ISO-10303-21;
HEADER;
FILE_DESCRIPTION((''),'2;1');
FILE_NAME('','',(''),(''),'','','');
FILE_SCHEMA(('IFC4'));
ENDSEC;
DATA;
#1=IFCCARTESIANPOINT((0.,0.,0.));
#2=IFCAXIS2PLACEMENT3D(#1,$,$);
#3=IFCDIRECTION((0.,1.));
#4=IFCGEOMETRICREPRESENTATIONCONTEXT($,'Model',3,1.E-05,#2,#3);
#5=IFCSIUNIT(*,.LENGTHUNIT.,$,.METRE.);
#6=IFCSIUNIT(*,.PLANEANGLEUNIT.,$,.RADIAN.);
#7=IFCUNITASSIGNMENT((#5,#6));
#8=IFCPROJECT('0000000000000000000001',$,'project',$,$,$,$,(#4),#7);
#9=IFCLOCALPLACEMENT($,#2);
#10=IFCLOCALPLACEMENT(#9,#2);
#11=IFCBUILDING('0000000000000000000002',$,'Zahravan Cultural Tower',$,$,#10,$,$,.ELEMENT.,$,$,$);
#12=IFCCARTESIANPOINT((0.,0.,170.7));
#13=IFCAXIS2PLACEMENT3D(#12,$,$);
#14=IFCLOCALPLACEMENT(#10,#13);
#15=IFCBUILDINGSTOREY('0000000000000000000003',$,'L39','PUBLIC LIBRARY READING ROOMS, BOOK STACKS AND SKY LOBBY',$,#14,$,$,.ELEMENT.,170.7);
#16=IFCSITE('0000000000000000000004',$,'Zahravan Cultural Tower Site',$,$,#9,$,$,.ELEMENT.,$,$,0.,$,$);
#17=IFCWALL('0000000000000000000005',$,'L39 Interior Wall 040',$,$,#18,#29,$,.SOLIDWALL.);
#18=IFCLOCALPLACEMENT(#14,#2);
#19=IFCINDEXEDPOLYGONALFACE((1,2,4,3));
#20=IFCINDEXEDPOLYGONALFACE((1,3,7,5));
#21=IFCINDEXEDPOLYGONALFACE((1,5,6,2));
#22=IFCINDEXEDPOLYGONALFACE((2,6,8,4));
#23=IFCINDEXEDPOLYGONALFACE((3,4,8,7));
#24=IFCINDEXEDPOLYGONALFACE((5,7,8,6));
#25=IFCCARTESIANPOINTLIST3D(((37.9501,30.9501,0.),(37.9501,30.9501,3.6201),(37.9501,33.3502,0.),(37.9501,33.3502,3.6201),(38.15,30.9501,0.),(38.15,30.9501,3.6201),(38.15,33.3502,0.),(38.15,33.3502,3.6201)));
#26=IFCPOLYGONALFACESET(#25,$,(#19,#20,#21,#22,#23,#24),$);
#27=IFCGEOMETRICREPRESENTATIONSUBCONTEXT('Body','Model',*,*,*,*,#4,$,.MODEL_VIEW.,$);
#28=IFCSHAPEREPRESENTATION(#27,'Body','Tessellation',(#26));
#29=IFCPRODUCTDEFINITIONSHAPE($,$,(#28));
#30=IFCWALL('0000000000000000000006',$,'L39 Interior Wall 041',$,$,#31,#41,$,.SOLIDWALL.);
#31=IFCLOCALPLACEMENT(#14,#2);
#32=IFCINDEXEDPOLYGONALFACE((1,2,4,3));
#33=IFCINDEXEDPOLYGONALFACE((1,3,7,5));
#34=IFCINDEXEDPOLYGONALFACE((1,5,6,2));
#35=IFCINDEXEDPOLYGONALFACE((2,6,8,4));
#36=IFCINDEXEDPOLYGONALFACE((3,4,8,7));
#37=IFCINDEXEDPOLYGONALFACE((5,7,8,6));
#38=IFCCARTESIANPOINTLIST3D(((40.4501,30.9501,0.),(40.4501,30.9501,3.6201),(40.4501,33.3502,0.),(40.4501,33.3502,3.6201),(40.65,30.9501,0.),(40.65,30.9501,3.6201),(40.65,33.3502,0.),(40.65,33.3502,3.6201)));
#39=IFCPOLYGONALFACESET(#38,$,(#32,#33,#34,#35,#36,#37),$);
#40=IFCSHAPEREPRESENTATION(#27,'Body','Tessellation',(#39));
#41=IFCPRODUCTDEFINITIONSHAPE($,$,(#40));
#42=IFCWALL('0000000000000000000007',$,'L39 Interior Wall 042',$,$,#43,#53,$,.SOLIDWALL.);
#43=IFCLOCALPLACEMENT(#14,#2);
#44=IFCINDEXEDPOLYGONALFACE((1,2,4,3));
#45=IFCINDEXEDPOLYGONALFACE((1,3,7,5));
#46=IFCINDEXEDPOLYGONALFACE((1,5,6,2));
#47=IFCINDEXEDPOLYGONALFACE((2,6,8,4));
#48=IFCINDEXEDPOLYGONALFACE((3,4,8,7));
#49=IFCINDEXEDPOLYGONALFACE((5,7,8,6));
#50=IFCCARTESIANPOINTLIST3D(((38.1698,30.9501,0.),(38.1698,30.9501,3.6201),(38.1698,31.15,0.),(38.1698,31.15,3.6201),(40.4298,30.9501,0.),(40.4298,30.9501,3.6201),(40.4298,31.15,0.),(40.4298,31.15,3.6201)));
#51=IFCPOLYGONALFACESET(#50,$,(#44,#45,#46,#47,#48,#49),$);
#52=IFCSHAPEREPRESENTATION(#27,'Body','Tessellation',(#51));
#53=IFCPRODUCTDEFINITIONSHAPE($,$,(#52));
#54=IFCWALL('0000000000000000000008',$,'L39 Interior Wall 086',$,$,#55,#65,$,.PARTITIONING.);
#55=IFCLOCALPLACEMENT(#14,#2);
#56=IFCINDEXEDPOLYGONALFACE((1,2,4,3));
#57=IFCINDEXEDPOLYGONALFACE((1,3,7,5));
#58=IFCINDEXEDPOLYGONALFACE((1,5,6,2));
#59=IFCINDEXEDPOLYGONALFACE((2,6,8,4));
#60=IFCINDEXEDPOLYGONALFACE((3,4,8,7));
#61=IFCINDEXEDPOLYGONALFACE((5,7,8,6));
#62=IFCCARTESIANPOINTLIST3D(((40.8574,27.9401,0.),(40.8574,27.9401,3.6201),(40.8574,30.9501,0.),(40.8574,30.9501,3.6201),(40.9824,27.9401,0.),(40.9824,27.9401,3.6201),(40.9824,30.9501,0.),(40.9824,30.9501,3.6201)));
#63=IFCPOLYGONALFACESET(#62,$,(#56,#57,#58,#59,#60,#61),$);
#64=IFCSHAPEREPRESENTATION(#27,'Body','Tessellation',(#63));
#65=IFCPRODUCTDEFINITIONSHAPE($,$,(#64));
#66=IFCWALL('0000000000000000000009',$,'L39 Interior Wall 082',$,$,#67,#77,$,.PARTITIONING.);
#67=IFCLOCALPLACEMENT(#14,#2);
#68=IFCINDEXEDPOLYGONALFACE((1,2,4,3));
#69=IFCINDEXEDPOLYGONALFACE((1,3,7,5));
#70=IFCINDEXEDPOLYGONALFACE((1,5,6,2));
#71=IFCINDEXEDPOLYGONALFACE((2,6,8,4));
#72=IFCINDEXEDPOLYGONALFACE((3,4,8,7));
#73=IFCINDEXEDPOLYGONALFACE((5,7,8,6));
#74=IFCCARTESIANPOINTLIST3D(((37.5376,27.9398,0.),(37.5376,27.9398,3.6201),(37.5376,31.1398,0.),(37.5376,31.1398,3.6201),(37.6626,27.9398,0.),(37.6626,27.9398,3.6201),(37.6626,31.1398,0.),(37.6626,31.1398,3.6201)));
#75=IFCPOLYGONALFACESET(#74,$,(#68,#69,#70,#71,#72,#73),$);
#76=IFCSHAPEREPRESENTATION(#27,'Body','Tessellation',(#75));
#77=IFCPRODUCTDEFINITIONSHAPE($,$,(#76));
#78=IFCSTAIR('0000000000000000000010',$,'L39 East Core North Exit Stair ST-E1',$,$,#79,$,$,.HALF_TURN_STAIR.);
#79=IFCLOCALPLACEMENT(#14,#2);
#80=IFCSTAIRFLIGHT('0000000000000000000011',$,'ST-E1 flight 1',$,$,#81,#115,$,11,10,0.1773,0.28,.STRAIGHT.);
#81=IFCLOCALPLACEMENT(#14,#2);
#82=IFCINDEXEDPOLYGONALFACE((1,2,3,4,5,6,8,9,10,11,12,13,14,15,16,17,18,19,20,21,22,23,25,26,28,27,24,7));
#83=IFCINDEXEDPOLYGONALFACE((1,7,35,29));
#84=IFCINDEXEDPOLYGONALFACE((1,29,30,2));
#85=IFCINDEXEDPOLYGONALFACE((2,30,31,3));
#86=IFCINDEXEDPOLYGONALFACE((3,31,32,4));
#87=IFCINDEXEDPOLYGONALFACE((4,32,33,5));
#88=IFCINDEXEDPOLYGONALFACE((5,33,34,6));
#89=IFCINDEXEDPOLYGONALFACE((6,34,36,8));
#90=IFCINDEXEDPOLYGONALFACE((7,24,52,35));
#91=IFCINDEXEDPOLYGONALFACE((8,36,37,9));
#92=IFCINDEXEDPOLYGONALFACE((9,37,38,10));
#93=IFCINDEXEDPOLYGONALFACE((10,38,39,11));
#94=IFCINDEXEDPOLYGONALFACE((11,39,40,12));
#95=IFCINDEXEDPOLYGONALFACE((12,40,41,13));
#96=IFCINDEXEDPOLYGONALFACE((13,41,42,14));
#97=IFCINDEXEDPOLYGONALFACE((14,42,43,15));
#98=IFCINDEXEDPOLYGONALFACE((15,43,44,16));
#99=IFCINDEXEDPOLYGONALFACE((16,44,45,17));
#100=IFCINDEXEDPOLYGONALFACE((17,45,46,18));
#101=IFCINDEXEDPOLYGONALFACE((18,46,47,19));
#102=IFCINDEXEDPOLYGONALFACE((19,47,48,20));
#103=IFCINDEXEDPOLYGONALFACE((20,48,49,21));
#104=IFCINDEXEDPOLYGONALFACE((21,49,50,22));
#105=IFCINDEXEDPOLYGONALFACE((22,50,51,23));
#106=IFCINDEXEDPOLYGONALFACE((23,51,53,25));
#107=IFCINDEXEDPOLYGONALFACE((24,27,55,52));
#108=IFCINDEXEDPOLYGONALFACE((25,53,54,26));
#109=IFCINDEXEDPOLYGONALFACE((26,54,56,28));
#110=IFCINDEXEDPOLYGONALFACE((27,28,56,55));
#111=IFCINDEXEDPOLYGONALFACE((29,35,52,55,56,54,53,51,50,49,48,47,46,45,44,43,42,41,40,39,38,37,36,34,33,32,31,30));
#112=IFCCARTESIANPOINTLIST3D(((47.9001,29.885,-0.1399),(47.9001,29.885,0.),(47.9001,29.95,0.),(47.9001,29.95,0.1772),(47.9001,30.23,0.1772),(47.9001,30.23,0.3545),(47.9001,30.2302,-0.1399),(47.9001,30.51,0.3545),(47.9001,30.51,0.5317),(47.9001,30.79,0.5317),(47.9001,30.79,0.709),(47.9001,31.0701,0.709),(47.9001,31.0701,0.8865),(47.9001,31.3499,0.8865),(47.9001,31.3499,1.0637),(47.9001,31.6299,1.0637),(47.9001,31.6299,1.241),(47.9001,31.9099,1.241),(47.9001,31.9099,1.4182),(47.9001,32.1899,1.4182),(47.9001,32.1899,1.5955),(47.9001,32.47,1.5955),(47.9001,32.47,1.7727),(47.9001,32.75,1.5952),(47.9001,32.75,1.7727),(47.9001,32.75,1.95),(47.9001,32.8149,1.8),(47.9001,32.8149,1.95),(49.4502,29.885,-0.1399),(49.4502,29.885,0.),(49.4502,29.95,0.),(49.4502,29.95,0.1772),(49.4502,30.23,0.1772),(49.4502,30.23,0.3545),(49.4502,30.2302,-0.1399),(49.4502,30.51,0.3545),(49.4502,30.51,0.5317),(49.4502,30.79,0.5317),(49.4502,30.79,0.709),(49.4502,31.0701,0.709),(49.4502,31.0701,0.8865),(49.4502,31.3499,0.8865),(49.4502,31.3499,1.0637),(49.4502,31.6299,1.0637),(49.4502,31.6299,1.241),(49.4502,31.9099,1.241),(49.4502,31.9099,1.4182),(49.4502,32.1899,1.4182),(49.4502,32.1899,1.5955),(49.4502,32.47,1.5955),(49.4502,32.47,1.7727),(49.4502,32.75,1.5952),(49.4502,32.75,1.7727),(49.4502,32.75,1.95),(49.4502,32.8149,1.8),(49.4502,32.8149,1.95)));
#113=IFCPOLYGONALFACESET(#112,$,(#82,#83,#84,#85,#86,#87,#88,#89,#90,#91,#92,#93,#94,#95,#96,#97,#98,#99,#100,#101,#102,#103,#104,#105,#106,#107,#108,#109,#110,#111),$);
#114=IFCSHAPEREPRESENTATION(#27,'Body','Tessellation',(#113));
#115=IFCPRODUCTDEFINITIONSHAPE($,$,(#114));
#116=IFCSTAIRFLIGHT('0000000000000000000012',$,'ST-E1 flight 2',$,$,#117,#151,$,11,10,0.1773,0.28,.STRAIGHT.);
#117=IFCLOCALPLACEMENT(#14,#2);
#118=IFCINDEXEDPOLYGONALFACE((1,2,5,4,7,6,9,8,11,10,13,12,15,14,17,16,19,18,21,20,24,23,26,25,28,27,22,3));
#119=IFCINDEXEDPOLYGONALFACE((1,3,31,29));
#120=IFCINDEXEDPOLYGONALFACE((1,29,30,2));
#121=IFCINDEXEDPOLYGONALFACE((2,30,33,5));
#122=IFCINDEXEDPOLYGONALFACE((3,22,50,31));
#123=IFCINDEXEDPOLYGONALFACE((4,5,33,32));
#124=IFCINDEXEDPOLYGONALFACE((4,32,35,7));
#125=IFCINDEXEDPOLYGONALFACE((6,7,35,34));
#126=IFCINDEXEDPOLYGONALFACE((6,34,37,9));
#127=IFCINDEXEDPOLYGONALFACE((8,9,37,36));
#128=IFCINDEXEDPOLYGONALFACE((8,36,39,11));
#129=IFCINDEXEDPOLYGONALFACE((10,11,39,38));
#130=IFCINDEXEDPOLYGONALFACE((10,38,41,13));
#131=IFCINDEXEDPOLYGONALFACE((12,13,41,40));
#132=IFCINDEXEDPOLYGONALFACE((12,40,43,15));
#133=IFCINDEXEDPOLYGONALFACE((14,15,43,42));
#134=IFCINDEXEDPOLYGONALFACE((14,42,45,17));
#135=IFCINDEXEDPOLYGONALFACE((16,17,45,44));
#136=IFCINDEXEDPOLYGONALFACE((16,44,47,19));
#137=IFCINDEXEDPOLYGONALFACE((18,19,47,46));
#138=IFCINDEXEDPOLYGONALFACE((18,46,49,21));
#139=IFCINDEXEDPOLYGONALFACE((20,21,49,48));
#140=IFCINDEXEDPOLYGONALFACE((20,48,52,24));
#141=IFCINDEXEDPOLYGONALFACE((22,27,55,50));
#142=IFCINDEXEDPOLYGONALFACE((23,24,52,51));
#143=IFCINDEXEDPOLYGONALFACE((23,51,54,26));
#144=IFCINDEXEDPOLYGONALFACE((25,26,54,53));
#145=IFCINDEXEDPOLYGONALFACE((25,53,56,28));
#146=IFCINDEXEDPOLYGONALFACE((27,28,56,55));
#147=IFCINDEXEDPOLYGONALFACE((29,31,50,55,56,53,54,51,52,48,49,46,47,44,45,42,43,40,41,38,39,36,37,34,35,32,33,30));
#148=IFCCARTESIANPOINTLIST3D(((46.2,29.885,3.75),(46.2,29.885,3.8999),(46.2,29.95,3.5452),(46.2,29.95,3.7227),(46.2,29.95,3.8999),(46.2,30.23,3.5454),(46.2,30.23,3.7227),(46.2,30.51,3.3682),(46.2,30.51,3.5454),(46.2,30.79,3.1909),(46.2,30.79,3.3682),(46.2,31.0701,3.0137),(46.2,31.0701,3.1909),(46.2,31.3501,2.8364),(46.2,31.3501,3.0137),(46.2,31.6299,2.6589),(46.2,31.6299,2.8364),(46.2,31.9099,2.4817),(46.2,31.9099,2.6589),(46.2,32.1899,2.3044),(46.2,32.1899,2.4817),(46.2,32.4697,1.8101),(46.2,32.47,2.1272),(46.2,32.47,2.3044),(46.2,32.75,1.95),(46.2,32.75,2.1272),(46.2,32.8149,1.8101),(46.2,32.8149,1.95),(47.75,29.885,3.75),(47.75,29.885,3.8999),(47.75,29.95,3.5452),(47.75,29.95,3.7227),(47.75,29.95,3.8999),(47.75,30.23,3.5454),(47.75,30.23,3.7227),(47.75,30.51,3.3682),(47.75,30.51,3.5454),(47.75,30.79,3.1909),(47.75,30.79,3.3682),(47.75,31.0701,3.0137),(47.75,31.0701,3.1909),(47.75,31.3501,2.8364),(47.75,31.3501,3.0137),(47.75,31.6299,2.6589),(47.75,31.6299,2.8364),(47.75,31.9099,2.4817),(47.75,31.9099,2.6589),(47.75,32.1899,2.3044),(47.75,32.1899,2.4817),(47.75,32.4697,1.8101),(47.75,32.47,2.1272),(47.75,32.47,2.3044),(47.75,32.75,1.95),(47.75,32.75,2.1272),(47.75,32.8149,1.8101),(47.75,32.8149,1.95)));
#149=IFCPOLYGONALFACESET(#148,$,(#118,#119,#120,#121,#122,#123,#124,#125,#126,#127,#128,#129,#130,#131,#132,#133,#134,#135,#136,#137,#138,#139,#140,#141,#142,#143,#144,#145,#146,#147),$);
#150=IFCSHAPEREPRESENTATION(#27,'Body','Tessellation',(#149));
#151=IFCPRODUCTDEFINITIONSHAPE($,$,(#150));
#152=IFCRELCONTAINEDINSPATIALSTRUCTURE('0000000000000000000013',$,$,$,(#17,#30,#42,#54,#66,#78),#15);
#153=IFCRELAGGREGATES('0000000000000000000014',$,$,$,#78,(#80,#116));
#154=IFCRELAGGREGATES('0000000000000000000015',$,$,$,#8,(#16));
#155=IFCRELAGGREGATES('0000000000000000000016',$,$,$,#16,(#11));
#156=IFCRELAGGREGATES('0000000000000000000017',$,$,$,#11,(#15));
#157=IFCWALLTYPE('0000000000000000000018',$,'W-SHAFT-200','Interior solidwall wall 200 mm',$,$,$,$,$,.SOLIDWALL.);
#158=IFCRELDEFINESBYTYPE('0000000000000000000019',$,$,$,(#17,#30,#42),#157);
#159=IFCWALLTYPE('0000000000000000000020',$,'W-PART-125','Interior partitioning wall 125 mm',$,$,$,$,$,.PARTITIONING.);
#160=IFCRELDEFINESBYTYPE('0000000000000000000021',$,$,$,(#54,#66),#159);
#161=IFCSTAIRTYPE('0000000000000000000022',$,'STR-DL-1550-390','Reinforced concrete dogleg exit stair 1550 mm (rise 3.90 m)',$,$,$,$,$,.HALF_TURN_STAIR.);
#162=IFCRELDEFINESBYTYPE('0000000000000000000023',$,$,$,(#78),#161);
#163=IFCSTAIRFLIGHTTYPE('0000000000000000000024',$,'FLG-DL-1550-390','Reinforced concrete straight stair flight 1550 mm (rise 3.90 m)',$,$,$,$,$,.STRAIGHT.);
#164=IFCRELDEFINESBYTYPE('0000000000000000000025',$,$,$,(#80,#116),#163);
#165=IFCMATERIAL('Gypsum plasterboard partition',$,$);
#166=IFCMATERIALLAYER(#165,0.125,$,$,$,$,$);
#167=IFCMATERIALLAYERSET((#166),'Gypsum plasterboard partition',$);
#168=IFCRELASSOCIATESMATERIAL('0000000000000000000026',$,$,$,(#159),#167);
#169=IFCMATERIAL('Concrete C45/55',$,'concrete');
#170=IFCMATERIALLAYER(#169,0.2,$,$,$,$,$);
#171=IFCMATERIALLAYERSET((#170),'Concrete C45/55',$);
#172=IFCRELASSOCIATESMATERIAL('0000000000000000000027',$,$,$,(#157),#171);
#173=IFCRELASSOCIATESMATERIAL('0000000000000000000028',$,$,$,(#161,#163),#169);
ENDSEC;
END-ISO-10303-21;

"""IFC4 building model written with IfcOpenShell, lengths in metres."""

from ifc_helpers import new_model, si_unit, direction, frame, frame_2d, origin, place, context, subcontext, project, spatial, polyline, rectangle, outline, extrude, source, transform, mapped, material, layer, layer_set, type_object, element, aggregate, save


model = new_model("IFC4")

# Units and contexts
model_context = context("Model", 3, precision=1e-05, world=origin(), true_north=direction((0.0, 1.0)))
body_context = subcontext(model_context, "Body", "Model", "MODEL_VIEW")
ifc_project = project(units=[si_unit("LENGTHUNIT", "METRE"), si_unit("PLANEANGLEUNIT", "RADIAN")], contexts=[model_context])

# Site, building, storey
site_placement = place(None, origin())
site = spatial("IfcSite", under=ifc_project, at=site_placement, Name="Zahravan Cultural Tower Site", CompositionType="ELEMENT", RefElevation=0.0)
building_placement = place(site_placement, origin())
building = spatial("IfcBuilding", under=site, at=building_placement, Name="Zahravan Cultural Tower", CompositionType="ELEMENT")
storey_placement = place(building_placement, frame((0.0, 0.0, 170.7)))
storey = spatial("IfcBuildingStorey", under=building, at=storey_placement, Name="L39", Description="PUBLIC LIBRARY READING ROOMS, BOOK STACKS AND SKY LOBBY", CompositionType="ELEMENT", Elevation=170.7)

# Shared definitions
ifc_material_1 = material(Name="Gypsum plasterboard partition")
ifc_layer_1 = layer(ifc_material_1, 0.125)
ifc_layer_set_1 = layer_set([ifc_layer_1], Name="Gypsum plasterboard partition")
wall_type_1 = type_object("IfcWallType", Name="W-PART-125", Description="Interior partitioning wall 125 mm", PredefinedType="PARTITIONING", material=ifc_layer_set_1)
ifc_material_2 = material(Name="Concrete C45/55", Category="concrete")
ifc_layer_2 = layer(ifc_material_2, 0.2)
ifc_layer_set_2 = layer_set([ifc_layer_2], Name="Concrete C45/55")
wall_type_2 = type_object("IfcWallType", Name="W-SHAFT-200", Description="Interior solidwall wall 200 mm", PredefinedType="SOLIDWALL", material=ifc_layer_set_2)

# Walls
shared_shape_1 = source(origin(), body_context, "Body", "SweptSolid", [
    extrude(rectangle(XDim=2.4001, YDim=0.2, at=frame_2d((1.2002, 0.0))), origin(), (0.0, 0.0, 1.0), 3.6201),
])
for number, where, z_axis, x_axis, name in (
    (1, (38.05, 30.95, 0.0), (0.0, 0.0, 1.0), (0.0, 1.0, 0.0), "L39 Interior Wall 040"),
    (2, (40.55, 30.95, 0.0), (0.0, 0.0, 1.0), (0.0, 1.0, 0.0), "L39 Interior Wall 041"),
):
    element("IfcWall", number, at=place(storey_placement, frame(where, z_axis=z_axis, x_axis=x_axis)), inside=storey, type_object=wall_type_2, Name=name, PredefinedType="SOLIDWALL", context=body_context, shape_type="MappedRepresentation", body=[
        mapped(shared_shape_1, transform((0.0, 0.0, 0.0), x_axis=(1.0, 0.0, 0.0), y_axis=(0.0, 1.0, 0.0), z_axis=(0.0, 0.0, 1.0), scale=1.0)),
    ])
shared_shape_2 = source(origin(), body_context, "Body", "SweptSolid", [
    extrude(rectangle(XDim=2.26, YDim=0.2, at=frame_2d((1.1299, 0.0))), origin(), (0.0, 0.0, 1.0), 3.6201),
])
wall_1_placement = place(storey_placement, frame((38.1699, 31.05, 0.0), z_axis=(0.0, 0.0, 1.0), x_axis=(1.0, 0.0, 0.0)))
element("IfcWall", 3, at=wall_1_placement, inside=storey, type_object=wall_type_2, Name="L39 Interior Wall 042", PredefinedType="SOLIDWALL", context=body_context, shape_type="MappedRepresentation", body=[
    mapped(shared_shape_2, transform((0.0, 0.0, 0.0), x_axis=(1.0, 0.0, 0.0), y_axis=(0.0, 1.0, 0.0), z_axis=(0.0, 0.0, 1.0), scale=1.0)),
])
shared_shape_3 = source(origin(), body_context, "Body", "SweptSolid", [
    extrude(rectangle(XDim=3.01, YDim=0.125, at=frame_2d((1.5049, 0.0))), origin(), (0.0, 0.0, 1.0), 3.6201),
])
wall_2_placement = place(storey_placement, frame((40.9199, 30.95, 0.0), z_axis=(0.0, 0.0, 1.0), x_axis=(0.0, -1.0, 0.0)))
element("IfcWall", 4, at=wall_2_placement, inside=storey, type_object=wall_type_1, Name="L39 Interior Wall 086", PredefinedType="PARTITIONING", context=body_context, shape_type="MappedRepresentation", body=[
    mapped(shared_shape_3, transform((0.0, 0.0, 0.0), x_axis=(1.0, 0.0, 0.0), y_axis=(0.0, 1.0, 0.0), z_axis=(0.0, 0.0, 1.0), scale=1.0)),
])
shared_shape_4 = source(origin(), body_context, "Body", "SweptSolid", [
    extrude(rectangle(XDim=3.2, YDim=0.125, at=frame_2d((1.6001, 0.0))), origin(), (0.0, 0.0, 1.0), 3.6201),
])
wall_3_placement = place(storey_placement, frame((37.6001, 31.1399, 0.0), z_axis=(0.0, 0.0, 1.0), x_axis=(0.0, -1.0, 0.0)))
element("IfcWall", 5, at=wall_3_placement, inside=storey, type_object=wall_type_1, Name="L39 Interior Wall 082", PredefinedType="PARTITIONING", context=body_context, shape_type="MappedRepresentation", body=[
    mapped(shared_shape_4, transform((0.0, 0.0, 0.0), x_axis=(1.0, 0.0, 0.0), y_axis=(0.0, 1.0, 0.0), z_axis=(0.0, 0.0, 1.0), scale=1.0)),
])

# Stair, stair flights
stair_type = type_object("IfcStairType", Name="STR-DL-1550-390", Description="Reinforced concrete dogleg exit stair 1550 mm (rise 3.90 m)", PredefinedType="HALF_TURN_STAIR", material=ifc_material_2)
stair_placement = place(storey_placement, origin())
stair = element("IfcStair", 6, at=stair_placement, inside=storey, type_object=stair_type, Name="L39 East Core North Exit Stair ST-E1", PredefinedType="HALF_TURN_STAIR")
stair_flight_type = type_object("IfcStairFlightType", Name="FLG-DL-1550-390", Description="Reinforced concrete straight stair flight 1550 mm (rise 3.90 m)", PredefinedType="STRAIGHT", material=ifc_material_2)
stair_flight_1_placement = place(storey_placement, frame((48.675, 29.95, 0.0), z_axis=(0.0, 0.0, 1.0), x_axis=(0.0, 1.0, 0.0)))
stair_flight_1 = element("IfcStairFlight", 7, at=stair_flight_1_placement, type_object=stair_flight_type, Name="ST-E1 flight 1", NumberOfRisers=11, NumberOfTreads=10, PredefinedType="STRAIGHT", RiserHeight=0.1773, TreadLength=0.28, context=body_context, shape_type="SweptSolid", body=[
    extrude(outline(polyline([(-0.0649, -0.1399), (-0.0649, 0.0), (0.0, 0.0), (0.0, 0.1772), (0.28, 0.1772), (0.28, 0.3545), (0.5601, 0.3545), (0.5601, 0.5317), (0.8401, 0.5317), (0.8401, 0.709), (1.1201, 0.709), (1.1201, 0.8865), (1.3999, 0.8865), (1.3999, 1.0637), (1.6799, 1.0637), (1.6799, 1.241), (1.96, 1.241), (1.96, 1.4182), (2.24, 1.4182), (2.24, 1.5955), (2.52, 1.5955), (2.52, 1.7727), (2.8, 1.7727), (2.8, 1.95), (2.865, 1.95), (2.865, 1.8), (2.8, 1.5952), (0.2803, -0.1399), (-0.0649, -0.1399)])), frame((0.0, 0.7749, 0.0), z_axis=(0.0, -1.0, 0.0), x_axis=(1.0, 0.0, 0.0)), (0.0, 0.0, 1.0), 1.55),
])
stair_flight_2_placement = place(storey_placement, frame((46.9751, 32.75, 1.95), z_axis=(0.0, 0.0, 1.0), x_axis=(0.0, -1.0, 0.0)))
stair_flight_2 = element("IfcStairFlight", 8, at=stair_flight_2_placement, type_object=stair_flight_type, Name="ST-E1 flight 2", NumberOfRisers=11, NumberOfTreads=10, PredefinedType="STRAIGHT", RiserHeight=0.1773, TreadLength=0.28, context=body_context, shape_type="SweptSolid", body=[
    extrude(outline(polyline([(-0.0649, -0.1399), (-0.0649, 0.0), (0.0, 0.0), (0.0, 0.1772), (0.28, 0.1772), (0.28, 0.3545), (0.5601, 0.3545), (0.5601, 0.5317), (0.8401, 0.5317), (0.8401, 0.709), (1.1201, 0.709), (1.1201, 0.8865), (1.3999, 0.8865), (1.3999, 1.0637), (1.6799, 1.0637), (1.6799, 1.241), (1.96, 1.241), (1.96, 1.4182), (2.24, 1.4182), (2.24, 1.5955), (2.52, 1.5955), (2.52, 1.7727), (2.8, 1.7727), (2.8, 1.95), (2.865, 1.95), (2.865, 1.8), (2.8, 1.5952), (0.2803, -0.1399), (-0.0649, -0.1399)])), frame((0.0, 0.7749, 0.0), z_axis=(0.0, -1.0, 0.0), x_axis=(1.0, 0.0, 0.0)), (0.0, 0.0, 1.0), 1.55),
])
aggregate(stair, [stair_flight_1, stair_flight_2])

save(model, "model.ifc")
